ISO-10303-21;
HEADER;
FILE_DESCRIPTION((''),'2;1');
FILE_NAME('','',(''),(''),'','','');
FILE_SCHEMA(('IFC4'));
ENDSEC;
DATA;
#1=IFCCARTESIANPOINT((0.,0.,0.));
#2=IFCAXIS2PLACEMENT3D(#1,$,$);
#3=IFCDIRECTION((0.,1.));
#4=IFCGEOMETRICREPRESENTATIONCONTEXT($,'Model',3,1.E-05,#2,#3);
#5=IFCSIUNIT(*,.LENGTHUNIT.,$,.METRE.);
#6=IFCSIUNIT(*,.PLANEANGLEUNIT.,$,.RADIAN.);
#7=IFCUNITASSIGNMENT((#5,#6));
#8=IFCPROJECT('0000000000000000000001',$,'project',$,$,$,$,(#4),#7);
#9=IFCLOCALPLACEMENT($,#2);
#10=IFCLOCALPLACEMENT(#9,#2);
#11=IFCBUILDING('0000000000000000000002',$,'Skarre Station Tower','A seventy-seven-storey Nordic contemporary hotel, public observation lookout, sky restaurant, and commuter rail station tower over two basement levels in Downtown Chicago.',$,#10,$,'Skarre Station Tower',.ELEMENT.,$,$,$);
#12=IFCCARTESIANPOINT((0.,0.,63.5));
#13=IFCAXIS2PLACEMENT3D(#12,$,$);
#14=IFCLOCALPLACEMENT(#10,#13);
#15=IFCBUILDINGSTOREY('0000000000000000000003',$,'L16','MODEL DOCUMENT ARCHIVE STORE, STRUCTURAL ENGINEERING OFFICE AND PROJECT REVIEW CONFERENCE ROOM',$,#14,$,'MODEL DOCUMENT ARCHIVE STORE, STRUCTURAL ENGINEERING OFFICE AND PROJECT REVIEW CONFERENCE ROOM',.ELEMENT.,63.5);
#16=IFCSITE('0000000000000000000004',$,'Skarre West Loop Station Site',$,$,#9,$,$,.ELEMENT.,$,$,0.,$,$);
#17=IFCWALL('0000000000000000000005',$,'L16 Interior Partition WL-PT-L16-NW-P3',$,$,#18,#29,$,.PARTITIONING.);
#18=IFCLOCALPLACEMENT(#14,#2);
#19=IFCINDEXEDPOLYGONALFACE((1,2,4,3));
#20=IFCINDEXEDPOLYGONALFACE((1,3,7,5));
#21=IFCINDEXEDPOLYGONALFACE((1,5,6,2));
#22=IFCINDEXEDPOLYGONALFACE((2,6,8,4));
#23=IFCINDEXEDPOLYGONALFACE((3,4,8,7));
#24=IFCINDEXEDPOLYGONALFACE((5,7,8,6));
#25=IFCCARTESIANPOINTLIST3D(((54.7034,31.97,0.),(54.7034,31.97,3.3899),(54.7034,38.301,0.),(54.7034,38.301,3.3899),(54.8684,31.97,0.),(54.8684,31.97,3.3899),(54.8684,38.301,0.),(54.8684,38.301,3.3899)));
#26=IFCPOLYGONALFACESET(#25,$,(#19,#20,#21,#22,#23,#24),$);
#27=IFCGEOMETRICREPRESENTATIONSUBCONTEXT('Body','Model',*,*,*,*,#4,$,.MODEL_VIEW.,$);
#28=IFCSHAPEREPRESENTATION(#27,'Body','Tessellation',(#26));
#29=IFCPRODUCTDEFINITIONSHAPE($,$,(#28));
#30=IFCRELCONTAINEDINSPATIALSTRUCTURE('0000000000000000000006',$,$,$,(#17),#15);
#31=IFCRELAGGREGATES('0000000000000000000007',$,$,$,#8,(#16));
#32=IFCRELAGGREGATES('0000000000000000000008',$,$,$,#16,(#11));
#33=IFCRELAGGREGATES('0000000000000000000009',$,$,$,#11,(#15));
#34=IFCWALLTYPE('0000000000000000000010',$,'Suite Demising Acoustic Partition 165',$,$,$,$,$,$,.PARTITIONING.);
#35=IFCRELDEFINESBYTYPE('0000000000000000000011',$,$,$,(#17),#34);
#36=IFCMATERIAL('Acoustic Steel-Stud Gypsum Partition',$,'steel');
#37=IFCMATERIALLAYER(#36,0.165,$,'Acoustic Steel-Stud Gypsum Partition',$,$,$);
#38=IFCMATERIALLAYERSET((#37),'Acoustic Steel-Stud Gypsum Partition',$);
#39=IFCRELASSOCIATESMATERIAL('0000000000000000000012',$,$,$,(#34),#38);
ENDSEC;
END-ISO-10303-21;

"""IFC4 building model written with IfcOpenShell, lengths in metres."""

from ifc_helpers import new_model, si_unit, direction, frame, frame_2d, origin, place, context, subcontext, project, spatial, rectangle, extrude, material, layer, layer_set, type_object, element, save


model = new_model("IFC4")

# Units and contexts
model_context = context("Model", 3, precision=1e-05, world=origin(), true_north=direction((0.0, 1.0)))
body_context = subcontext(model_context, "Body", "Model", "MODEL_VIEW")
ifc_project = project(units=[si_unit("LENGTHUNIT", "METRE"), si_unit("PLANEANGLEUNIT", "RADIAN")], contexts=[model_context])

# Site, building, storey
site_placement = place(None, origin())
site = spatial("IfcSite", under=ifc_project, at=site_placement, Name="Skarre West Loop Station Site", CompositionType="ELEMENT", RefElevation=0.0)
building_placement = place(site_placement, origin())
building = spatial("IfcBuilding", under=site, at=building_placement, Name="Skarre Station Tower", Description="A seventy-seven-storey Nordic contemporary hotel, public observation lookout, sky restaurant, and commuter rail station tower over two basement levels in Downtown Chicago.", LongName="Skarre Station Tower", CompositionType="ELEMENT")
storey_placement = place(building_placement, frame((0.0, 0.0, 63.5)))
storey = spatial("IfcBuildingStorey", under=building, at=storey_placement, Name="L16", Description="MODEL DOCUMENT ARCHIVE STORE, STRUCTURAL ENGINEERING OFFICE AND PROJECT REVIEW CONFERENCE ROOM", LongName="MODEL DOCUMENT ARCHIVE STORE, STRUCTURAL ENGINEERING OFFICE AND PROJECT REVIEW CONFERENCE ROOM", CompositionType="ELEMENT", Elevation=63.5)

# Shared definitions
ifc_material_1 = material(Name="Acoustic Steel-Stud Gypsum Partition", Category="steel")

# Wall
ifc_layer_1 = layer(ifc_material_1, 0.165, Name="Acoustic Steel-Stud Gypsum Partition")
ifc_layer_set_1 = layer_set([ifc_layer_1], Name="Acoustic Steel-Stud Gypsum Partition")
wall_type_1 = type_object("IfcWallType", Name="Suite Demising Acoustic Partition 165", PredefinedType="PARTITIONING", material=ifc_layer_set_1)
wall_1_placement = place(storey_placement, frame((54.7859, 31.97, 0.0), z_axis=(0.0, 0.0, 1.0), x_axis=(0.0, 1.0, 0.0)))
element("IfcWall", 1, at=wall_1_placement, inside=storey, type_object=wall_type_1, Name="L16 Interior Partition WL-PT-L16-NW-P3", PredefinedType="PARTITIONING", context=body_context, shape_type="SweptSolid", body=[
    extrude(rectangle(XDim=6.3311, YDim=0.165, at=frame_2d((3.1655, 0.0))), origin(), (0.0, 0.0, 1.0), 3.3899),
])

save(model, "model.ifc")
